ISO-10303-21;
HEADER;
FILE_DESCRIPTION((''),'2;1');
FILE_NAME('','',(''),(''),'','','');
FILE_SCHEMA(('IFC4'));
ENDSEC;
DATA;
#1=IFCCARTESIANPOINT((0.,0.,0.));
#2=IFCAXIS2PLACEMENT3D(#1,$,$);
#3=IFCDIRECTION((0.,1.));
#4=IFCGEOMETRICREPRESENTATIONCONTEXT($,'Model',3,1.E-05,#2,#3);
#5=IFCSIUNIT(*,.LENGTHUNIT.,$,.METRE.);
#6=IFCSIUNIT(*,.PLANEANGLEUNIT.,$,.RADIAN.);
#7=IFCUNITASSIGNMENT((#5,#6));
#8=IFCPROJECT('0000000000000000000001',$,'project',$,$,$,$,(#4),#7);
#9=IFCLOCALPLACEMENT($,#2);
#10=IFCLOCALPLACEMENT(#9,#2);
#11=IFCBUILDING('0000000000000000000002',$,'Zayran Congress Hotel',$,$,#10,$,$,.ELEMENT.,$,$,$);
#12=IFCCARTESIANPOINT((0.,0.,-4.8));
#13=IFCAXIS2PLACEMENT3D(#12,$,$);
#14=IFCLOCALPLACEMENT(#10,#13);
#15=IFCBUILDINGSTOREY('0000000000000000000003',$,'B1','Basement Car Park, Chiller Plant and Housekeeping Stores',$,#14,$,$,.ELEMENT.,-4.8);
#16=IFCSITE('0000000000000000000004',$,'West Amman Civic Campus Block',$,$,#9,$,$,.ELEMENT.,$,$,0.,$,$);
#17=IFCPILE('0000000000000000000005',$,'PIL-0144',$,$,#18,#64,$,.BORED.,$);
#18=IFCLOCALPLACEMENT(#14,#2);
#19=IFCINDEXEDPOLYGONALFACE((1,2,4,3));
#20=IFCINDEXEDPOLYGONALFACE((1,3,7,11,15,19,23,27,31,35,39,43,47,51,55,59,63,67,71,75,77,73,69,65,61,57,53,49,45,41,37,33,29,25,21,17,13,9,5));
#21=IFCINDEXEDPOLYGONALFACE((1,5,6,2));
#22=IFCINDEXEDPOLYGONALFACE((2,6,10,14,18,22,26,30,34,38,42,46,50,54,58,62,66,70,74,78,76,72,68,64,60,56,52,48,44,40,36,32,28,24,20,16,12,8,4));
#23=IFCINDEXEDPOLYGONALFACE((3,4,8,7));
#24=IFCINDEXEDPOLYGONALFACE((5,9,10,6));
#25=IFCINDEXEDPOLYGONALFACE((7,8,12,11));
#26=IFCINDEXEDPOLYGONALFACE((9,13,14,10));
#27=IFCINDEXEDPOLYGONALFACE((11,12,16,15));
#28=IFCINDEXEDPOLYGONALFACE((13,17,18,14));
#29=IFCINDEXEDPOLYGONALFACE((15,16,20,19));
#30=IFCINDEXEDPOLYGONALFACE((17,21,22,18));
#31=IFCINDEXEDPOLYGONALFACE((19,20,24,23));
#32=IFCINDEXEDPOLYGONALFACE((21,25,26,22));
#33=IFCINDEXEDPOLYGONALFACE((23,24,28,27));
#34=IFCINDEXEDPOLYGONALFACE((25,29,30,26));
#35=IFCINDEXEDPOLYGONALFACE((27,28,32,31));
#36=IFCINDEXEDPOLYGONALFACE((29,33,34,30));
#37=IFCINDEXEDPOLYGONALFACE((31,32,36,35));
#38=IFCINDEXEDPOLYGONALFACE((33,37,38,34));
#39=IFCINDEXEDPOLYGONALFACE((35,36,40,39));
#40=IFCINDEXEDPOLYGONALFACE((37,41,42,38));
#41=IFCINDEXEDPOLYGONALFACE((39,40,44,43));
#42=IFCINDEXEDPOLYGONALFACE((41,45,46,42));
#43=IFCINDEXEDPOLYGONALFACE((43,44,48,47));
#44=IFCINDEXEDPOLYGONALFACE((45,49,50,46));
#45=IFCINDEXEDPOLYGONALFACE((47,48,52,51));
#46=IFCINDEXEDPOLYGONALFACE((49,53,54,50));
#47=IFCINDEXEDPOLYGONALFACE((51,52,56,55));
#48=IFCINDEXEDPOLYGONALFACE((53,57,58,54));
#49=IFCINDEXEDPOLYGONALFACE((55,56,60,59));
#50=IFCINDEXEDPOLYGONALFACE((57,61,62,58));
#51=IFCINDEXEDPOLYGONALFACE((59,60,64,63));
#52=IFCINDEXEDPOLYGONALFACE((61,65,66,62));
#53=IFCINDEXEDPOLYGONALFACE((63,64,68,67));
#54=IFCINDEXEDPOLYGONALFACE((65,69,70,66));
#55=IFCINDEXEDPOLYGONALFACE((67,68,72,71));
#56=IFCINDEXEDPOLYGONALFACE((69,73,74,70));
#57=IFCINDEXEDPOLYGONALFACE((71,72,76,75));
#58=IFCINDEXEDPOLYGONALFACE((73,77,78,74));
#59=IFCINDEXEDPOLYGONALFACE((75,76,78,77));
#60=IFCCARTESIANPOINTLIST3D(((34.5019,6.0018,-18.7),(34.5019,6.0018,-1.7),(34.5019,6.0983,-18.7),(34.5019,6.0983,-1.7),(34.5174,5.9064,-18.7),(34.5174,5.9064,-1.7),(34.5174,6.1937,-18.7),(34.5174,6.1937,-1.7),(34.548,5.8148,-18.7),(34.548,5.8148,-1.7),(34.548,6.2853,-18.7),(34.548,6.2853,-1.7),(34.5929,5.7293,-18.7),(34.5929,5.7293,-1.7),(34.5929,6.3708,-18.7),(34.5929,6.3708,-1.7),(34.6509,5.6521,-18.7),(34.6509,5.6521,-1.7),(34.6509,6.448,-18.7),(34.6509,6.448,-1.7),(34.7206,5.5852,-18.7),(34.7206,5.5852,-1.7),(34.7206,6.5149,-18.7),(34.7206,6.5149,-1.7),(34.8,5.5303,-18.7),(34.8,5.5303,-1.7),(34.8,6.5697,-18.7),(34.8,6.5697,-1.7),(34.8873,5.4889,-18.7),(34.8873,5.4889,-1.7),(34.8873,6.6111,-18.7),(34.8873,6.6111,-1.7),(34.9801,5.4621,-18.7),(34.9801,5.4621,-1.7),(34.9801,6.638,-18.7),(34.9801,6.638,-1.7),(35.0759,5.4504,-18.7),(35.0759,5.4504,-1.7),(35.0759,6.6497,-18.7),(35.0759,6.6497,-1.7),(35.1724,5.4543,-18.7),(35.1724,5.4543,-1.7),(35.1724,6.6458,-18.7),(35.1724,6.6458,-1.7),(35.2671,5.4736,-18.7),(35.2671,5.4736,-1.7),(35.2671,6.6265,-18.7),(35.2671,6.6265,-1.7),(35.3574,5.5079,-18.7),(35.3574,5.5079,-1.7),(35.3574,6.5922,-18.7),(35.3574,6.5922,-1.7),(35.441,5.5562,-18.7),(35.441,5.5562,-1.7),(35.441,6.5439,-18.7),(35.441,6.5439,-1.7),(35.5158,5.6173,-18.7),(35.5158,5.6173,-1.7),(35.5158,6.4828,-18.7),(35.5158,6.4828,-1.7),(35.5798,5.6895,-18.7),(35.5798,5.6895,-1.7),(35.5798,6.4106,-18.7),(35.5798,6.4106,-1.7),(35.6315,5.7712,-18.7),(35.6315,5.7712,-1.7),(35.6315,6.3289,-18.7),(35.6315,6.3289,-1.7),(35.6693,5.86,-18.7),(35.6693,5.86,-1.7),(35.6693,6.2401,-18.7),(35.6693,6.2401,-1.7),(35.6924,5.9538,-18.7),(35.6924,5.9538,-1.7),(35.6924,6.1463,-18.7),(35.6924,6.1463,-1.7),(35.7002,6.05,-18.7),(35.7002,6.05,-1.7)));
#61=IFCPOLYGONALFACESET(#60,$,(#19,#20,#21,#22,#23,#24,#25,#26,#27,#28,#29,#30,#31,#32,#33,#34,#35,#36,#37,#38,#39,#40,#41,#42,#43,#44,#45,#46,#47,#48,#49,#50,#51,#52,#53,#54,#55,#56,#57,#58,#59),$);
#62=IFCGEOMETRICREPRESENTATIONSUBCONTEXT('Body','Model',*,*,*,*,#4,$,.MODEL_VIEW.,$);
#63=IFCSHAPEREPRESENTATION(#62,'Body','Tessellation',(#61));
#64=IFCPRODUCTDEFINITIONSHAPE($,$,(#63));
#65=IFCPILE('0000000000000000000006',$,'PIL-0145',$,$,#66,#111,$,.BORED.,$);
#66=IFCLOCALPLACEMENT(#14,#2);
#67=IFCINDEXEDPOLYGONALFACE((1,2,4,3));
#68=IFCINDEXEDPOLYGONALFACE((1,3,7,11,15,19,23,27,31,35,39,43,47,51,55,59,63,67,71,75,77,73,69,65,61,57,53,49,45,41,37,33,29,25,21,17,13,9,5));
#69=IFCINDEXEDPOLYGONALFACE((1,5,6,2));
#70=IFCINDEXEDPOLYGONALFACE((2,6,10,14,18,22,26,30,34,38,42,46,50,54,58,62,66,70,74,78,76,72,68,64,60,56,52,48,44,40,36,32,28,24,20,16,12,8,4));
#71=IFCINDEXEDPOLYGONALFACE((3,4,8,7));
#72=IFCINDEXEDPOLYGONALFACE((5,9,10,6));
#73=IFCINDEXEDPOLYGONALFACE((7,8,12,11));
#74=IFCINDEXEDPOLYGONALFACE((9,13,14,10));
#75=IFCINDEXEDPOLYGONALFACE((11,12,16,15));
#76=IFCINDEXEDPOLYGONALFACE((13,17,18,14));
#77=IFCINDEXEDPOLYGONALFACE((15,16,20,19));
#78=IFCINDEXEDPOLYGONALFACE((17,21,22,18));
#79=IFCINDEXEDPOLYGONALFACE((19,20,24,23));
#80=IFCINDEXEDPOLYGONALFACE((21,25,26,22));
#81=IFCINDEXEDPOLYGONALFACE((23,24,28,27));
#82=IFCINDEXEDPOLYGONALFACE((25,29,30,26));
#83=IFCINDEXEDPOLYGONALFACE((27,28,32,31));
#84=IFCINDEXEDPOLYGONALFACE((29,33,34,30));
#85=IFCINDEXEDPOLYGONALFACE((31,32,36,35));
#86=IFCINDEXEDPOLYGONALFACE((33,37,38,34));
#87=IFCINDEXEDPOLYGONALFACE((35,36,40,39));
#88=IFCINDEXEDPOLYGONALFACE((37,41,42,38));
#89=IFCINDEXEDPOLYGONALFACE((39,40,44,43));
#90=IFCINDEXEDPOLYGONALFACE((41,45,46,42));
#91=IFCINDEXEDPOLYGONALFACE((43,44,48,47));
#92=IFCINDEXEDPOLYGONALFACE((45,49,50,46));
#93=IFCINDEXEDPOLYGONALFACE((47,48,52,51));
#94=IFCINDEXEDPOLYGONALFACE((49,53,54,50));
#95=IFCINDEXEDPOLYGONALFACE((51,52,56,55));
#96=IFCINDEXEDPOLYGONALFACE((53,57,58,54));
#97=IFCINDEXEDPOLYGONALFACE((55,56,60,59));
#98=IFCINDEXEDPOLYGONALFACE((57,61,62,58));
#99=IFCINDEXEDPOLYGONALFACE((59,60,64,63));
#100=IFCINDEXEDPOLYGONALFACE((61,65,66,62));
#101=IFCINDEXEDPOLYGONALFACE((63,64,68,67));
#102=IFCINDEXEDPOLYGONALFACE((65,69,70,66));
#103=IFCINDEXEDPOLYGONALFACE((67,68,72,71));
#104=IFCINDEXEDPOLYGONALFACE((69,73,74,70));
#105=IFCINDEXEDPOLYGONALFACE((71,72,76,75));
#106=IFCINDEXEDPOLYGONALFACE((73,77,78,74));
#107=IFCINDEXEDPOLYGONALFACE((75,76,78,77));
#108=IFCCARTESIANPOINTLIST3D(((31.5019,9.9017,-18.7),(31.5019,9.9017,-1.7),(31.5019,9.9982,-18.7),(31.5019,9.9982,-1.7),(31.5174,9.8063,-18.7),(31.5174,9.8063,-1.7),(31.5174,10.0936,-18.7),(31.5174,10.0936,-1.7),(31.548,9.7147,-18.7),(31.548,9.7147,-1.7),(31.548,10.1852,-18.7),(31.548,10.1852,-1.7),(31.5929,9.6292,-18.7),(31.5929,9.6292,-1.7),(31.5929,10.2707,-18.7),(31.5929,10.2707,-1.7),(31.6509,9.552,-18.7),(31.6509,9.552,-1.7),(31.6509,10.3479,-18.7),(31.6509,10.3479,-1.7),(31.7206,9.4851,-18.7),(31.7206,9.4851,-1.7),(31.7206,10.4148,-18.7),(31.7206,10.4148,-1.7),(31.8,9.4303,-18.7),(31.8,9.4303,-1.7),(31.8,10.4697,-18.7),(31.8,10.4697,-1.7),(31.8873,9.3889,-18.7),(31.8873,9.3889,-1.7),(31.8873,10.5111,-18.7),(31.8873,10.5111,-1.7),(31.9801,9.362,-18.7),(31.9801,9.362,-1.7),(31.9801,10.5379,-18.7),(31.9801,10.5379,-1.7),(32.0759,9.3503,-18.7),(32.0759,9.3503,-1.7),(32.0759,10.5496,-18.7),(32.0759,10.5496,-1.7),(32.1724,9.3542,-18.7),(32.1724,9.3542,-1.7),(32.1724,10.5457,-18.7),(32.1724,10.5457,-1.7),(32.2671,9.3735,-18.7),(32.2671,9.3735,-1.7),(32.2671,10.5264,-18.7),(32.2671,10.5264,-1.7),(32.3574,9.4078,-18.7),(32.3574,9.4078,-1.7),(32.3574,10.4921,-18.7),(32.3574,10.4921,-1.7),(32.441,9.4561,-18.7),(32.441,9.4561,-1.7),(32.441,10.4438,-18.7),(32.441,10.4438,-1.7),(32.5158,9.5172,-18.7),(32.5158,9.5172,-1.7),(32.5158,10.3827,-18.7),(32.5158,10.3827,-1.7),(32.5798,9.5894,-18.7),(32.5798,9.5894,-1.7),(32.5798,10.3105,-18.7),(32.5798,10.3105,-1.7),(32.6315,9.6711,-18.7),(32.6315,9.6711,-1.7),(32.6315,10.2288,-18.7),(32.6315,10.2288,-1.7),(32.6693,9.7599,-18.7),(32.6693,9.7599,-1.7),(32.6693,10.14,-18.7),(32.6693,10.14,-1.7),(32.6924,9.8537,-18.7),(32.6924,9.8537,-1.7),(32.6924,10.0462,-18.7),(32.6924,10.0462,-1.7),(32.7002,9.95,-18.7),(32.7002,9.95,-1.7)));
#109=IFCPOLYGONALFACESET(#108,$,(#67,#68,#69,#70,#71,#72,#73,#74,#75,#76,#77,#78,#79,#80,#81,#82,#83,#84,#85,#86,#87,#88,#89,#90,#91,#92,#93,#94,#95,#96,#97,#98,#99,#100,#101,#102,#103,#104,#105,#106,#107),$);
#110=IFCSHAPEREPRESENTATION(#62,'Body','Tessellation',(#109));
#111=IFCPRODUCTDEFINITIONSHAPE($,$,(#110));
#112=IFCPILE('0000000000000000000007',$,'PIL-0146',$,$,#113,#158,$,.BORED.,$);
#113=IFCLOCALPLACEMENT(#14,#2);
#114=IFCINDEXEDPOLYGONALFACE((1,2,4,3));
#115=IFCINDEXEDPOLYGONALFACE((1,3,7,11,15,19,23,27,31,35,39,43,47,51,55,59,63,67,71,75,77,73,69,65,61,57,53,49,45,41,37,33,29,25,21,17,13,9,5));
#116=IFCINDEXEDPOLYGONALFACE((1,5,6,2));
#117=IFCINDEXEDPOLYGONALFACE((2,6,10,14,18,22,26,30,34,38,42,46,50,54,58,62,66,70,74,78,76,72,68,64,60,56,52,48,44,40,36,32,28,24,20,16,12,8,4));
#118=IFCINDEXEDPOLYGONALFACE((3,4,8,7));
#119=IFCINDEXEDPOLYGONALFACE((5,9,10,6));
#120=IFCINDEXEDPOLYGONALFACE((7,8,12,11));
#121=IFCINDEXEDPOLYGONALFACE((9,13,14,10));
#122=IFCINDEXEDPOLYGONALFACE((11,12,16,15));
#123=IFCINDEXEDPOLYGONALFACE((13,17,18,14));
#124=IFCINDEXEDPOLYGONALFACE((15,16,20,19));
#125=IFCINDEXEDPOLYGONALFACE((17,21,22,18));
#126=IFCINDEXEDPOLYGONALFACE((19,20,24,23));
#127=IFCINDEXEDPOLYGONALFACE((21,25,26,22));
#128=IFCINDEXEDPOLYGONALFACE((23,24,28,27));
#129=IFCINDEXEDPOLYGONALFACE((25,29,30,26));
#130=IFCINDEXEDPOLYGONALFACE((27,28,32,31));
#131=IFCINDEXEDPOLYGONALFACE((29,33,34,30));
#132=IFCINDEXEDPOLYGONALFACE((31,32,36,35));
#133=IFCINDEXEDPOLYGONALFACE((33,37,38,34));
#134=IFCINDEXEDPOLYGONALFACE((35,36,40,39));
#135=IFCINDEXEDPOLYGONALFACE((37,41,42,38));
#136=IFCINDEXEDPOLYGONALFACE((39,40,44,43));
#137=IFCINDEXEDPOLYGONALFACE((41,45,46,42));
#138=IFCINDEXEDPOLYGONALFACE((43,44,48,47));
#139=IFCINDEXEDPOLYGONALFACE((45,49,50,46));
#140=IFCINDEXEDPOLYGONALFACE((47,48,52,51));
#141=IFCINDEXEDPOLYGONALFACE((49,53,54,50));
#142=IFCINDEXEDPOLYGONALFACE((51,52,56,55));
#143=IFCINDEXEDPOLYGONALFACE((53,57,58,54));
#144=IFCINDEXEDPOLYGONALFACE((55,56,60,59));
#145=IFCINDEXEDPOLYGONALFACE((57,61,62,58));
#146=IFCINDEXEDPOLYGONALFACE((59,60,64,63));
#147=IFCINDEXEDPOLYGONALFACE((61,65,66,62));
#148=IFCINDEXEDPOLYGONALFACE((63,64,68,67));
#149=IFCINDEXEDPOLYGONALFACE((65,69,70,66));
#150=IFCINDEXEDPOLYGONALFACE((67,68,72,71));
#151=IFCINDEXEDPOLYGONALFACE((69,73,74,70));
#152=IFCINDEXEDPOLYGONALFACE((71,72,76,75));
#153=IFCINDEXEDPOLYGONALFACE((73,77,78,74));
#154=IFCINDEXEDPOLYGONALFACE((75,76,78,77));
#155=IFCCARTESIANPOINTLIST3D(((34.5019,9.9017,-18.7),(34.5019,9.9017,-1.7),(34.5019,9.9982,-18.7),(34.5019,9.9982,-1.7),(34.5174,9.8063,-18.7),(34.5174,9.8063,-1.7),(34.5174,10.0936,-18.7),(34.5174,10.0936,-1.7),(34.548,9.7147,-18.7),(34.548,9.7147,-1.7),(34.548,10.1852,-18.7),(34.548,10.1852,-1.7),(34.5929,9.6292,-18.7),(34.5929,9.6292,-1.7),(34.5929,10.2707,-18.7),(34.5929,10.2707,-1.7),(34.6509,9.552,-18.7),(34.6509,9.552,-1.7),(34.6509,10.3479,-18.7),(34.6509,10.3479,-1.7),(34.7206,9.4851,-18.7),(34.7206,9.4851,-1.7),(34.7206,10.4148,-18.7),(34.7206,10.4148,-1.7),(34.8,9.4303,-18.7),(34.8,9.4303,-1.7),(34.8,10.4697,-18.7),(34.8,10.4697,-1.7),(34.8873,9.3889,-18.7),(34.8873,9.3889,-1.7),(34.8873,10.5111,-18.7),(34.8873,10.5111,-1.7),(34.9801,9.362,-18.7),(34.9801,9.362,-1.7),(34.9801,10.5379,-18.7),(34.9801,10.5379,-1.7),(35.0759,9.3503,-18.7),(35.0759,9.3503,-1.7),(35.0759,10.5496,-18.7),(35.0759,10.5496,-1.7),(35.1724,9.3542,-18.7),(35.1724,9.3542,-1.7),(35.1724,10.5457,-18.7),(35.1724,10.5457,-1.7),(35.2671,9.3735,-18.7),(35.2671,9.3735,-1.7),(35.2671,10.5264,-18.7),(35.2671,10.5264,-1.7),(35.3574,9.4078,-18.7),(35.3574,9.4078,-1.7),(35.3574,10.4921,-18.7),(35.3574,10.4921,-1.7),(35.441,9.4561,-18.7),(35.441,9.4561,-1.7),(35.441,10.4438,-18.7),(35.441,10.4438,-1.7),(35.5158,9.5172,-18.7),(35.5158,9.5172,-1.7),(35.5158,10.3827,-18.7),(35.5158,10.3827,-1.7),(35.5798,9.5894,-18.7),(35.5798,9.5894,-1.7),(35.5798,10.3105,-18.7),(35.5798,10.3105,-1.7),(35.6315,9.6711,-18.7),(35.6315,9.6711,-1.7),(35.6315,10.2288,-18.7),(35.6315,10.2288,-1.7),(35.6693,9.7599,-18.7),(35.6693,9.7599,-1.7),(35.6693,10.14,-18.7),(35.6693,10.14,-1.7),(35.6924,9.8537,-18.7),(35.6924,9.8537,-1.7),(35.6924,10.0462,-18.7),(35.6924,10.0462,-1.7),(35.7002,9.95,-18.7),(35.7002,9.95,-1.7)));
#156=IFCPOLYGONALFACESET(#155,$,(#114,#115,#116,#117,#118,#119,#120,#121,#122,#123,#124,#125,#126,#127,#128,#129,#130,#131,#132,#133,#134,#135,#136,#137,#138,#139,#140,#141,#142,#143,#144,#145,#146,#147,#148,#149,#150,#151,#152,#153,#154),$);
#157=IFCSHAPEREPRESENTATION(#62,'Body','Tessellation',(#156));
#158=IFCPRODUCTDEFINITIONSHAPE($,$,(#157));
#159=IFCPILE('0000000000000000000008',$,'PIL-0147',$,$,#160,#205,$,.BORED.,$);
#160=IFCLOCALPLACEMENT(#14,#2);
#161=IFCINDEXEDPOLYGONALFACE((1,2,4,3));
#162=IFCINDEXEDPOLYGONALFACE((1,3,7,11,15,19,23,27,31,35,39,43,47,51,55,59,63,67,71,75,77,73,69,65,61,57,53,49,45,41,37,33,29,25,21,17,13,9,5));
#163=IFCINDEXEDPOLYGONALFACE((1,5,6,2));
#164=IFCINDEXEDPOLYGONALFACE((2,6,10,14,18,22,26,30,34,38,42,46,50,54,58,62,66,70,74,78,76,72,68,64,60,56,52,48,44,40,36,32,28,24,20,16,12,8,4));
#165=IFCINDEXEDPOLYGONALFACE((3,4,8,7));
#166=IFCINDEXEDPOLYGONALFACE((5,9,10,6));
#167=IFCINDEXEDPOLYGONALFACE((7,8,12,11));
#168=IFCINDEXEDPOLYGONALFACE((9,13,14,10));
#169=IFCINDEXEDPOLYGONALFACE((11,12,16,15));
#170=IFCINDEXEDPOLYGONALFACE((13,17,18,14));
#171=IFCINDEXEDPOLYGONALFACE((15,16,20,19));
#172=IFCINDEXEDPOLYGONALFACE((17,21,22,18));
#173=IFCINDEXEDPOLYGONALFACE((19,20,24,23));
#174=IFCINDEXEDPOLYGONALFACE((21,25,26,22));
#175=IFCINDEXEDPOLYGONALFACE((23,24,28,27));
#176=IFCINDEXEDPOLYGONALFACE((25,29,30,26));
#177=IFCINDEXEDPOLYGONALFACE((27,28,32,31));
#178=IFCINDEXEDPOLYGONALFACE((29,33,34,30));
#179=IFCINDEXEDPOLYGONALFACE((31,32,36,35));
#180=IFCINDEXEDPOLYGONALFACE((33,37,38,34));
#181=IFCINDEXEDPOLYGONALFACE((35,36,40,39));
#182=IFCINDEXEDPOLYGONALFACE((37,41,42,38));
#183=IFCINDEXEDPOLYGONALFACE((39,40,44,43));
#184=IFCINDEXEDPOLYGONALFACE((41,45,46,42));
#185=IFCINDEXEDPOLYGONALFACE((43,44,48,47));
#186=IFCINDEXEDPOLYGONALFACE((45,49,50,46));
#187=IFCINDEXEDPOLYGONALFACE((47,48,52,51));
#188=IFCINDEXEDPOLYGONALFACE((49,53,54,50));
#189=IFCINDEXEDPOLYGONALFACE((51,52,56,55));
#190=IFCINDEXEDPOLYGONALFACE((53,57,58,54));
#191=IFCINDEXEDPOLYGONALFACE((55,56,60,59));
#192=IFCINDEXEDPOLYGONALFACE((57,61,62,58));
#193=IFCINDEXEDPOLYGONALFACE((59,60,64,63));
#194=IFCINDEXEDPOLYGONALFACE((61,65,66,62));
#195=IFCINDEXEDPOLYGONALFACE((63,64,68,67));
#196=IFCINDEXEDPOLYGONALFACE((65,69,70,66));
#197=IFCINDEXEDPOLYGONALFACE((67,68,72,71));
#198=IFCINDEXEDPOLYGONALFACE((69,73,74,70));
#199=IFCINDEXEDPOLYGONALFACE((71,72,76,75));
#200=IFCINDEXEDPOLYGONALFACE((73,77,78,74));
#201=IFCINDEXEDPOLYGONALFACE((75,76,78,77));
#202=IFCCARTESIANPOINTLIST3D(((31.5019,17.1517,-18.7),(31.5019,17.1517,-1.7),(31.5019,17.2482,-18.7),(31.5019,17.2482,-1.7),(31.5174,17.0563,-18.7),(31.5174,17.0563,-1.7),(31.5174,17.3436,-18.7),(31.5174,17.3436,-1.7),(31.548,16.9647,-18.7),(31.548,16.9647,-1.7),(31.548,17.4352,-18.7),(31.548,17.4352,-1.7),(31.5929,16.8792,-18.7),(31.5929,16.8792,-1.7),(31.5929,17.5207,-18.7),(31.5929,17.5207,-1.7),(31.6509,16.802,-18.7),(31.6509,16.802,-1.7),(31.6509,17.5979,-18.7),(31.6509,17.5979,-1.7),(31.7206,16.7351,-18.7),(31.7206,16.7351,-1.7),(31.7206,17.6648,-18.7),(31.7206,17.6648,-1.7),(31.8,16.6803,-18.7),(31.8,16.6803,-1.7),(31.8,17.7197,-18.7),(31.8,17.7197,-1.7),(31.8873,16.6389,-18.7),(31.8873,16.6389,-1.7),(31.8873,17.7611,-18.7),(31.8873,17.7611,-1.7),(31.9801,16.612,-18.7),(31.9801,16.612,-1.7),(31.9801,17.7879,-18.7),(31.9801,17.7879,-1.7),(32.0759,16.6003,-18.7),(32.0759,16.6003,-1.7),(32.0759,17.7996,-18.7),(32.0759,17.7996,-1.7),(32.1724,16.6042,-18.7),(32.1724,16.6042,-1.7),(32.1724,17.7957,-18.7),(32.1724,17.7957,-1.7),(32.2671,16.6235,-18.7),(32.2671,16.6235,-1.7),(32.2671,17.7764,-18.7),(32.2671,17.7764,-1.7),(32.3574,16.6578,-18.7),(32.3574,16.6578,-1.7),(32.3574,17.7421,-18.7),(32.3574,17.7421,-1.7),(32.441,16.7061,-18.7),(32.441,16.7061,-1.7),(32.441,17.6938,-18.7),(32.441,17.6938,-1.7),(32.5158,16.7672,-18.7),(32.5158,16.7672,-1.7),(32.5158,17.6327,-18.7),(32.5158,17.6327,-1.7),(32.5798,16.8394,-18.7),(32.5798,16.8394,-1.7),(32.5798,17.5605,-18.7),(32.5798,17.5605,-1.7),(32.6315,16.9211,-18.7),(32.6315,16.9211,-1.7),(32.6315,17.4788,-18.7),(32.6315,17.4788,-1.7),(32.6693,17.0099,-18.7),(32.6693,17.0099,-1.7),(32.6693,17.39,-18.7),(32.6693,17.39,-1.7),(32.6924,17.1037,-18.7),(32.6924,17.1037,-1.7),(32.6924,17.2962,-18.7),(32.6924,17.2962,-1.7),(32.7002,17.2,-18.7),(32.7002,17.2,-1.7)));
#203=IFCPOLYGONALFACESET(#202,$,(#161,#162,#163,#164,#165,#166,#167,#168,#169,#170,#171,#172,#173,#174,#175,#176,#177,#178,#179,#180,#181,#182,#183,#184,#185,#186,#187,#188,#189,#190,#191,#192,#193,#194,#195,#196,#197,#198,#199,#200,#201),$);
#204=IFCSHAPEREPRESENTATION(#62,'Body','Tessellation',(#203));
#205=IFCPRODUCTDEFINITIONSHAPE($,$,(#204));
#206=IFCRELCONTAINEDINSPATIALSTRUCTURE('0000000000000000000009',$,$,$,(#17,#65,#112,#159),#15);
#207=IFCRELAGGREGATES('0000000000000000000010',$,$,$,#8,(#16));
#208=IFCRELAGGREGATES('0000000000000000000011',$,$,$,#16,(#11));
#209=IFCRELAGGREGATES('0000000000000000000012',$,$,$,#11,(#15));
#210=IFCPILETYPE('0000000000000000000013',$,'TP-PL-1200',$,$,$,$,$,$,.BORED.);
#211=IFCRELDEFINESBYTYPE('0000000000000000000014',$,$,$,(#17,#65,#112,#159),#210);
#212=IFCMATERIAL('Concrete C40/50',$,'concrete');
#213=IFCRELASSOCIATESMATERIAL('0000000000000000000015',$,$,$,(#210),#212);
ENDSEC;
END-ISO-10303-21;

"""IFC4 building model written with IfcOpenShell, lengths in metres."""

from ifc_helpers import new_model, si_unit, direction, frame, origin, origin_2d, place, context, subcontext, project, spatial, circle, extrude, material, material_profile, profile_set, type_object, element, save


model = new_model("IFC4")

# Units and contexts
model_context = context("Model", 3, precision=1e-05, world=origin(), true_north=direction((0.0, 1.0)))
body_context = subcontext(model_context, "Body", "Model", "MODEL_VIEW")
ifc_project = project(units=[si_unit("LENGTHUNIT", "METRE"), si_unit("PLANEANGLEUNIT", "RADIAN")], contexts=[model_context])

# Site, building, storey
site_placement = place(None, origin())
site = spatial("IfcSite", under=ifc_project, at=site_placement, Name="West Amman Civic Campus Block", CompositionType="ELEMENT", RefElevation=0.0)
building_placement = place(site_placement, origin())
building = spatial("IfcBuilding", under=site, at=building_placement, Name="Zayran Congress Hotel", CompositionType="ELEMENT")
storey_placement = place(building_placement, frame((0.0, 0.0, -4.8)))
storey = spatial("IfcBuildingStorey", under=building, at=storey_placement, Name="B1", Description="Basement Car Park, Chiller Plant and Housekeeping Stores", CompositionType="ELEMENT", Elevation=-4.8)

# Piles
ifc_material_1 = material(Name="Concrete C40/50", Category="concrete")
ifc_material_profile_1 = material_profile(ifc_material_1, circle(Radius=0.6001, at=origin_2d()), Name="PILE D1200")
ifc_profile_set_1 = profile_set([ifc_material_profile_1], Name="Concrete C40/50")
pile_type = type_object("IfcPileType", Name="TP-PL-1200", PredefinedType="BORED", material=ifc_profile_set_1)
for number, where, z_axis, x_axis, name in (
    (1, (35.1001, 6.05, -1.7), (0.0, 0.0, -1.0), (1.0, 0.0, 0.0), "PIL-0144"),
    (2, (32.1001, 9.95, -1.7), (0.0, 0.0, -1.0), (1.0, 0.0, 0.0), "PIL-0145"),
    (3, (35.1001, 9.95, -1.7), (0.0, 0.0, -1.0), (1.0, 0.0, 0.0), "PIL-0146"),
    (4, (32.1001, 17.2, -1.7), (0.0, 0.0, -1.0), (1.0, 0.0, 0.0), "PIL-0147"),
):
    element("IfcPile", number, at=place(storey_placement, frame(where, z_axis=z_axis, x_axis=x_axis)), inside=storey, type_object=pile_type, Name=name, PredefinedType="BORED", context=body_context, shape_type="SweptSolid", body=[
        extrude(circle(Radius=0.6001, at=origin_2d()), origin(), (0.0, 0.0, 1.0), 17.0),
    ])

save(model, "model.ifc")
